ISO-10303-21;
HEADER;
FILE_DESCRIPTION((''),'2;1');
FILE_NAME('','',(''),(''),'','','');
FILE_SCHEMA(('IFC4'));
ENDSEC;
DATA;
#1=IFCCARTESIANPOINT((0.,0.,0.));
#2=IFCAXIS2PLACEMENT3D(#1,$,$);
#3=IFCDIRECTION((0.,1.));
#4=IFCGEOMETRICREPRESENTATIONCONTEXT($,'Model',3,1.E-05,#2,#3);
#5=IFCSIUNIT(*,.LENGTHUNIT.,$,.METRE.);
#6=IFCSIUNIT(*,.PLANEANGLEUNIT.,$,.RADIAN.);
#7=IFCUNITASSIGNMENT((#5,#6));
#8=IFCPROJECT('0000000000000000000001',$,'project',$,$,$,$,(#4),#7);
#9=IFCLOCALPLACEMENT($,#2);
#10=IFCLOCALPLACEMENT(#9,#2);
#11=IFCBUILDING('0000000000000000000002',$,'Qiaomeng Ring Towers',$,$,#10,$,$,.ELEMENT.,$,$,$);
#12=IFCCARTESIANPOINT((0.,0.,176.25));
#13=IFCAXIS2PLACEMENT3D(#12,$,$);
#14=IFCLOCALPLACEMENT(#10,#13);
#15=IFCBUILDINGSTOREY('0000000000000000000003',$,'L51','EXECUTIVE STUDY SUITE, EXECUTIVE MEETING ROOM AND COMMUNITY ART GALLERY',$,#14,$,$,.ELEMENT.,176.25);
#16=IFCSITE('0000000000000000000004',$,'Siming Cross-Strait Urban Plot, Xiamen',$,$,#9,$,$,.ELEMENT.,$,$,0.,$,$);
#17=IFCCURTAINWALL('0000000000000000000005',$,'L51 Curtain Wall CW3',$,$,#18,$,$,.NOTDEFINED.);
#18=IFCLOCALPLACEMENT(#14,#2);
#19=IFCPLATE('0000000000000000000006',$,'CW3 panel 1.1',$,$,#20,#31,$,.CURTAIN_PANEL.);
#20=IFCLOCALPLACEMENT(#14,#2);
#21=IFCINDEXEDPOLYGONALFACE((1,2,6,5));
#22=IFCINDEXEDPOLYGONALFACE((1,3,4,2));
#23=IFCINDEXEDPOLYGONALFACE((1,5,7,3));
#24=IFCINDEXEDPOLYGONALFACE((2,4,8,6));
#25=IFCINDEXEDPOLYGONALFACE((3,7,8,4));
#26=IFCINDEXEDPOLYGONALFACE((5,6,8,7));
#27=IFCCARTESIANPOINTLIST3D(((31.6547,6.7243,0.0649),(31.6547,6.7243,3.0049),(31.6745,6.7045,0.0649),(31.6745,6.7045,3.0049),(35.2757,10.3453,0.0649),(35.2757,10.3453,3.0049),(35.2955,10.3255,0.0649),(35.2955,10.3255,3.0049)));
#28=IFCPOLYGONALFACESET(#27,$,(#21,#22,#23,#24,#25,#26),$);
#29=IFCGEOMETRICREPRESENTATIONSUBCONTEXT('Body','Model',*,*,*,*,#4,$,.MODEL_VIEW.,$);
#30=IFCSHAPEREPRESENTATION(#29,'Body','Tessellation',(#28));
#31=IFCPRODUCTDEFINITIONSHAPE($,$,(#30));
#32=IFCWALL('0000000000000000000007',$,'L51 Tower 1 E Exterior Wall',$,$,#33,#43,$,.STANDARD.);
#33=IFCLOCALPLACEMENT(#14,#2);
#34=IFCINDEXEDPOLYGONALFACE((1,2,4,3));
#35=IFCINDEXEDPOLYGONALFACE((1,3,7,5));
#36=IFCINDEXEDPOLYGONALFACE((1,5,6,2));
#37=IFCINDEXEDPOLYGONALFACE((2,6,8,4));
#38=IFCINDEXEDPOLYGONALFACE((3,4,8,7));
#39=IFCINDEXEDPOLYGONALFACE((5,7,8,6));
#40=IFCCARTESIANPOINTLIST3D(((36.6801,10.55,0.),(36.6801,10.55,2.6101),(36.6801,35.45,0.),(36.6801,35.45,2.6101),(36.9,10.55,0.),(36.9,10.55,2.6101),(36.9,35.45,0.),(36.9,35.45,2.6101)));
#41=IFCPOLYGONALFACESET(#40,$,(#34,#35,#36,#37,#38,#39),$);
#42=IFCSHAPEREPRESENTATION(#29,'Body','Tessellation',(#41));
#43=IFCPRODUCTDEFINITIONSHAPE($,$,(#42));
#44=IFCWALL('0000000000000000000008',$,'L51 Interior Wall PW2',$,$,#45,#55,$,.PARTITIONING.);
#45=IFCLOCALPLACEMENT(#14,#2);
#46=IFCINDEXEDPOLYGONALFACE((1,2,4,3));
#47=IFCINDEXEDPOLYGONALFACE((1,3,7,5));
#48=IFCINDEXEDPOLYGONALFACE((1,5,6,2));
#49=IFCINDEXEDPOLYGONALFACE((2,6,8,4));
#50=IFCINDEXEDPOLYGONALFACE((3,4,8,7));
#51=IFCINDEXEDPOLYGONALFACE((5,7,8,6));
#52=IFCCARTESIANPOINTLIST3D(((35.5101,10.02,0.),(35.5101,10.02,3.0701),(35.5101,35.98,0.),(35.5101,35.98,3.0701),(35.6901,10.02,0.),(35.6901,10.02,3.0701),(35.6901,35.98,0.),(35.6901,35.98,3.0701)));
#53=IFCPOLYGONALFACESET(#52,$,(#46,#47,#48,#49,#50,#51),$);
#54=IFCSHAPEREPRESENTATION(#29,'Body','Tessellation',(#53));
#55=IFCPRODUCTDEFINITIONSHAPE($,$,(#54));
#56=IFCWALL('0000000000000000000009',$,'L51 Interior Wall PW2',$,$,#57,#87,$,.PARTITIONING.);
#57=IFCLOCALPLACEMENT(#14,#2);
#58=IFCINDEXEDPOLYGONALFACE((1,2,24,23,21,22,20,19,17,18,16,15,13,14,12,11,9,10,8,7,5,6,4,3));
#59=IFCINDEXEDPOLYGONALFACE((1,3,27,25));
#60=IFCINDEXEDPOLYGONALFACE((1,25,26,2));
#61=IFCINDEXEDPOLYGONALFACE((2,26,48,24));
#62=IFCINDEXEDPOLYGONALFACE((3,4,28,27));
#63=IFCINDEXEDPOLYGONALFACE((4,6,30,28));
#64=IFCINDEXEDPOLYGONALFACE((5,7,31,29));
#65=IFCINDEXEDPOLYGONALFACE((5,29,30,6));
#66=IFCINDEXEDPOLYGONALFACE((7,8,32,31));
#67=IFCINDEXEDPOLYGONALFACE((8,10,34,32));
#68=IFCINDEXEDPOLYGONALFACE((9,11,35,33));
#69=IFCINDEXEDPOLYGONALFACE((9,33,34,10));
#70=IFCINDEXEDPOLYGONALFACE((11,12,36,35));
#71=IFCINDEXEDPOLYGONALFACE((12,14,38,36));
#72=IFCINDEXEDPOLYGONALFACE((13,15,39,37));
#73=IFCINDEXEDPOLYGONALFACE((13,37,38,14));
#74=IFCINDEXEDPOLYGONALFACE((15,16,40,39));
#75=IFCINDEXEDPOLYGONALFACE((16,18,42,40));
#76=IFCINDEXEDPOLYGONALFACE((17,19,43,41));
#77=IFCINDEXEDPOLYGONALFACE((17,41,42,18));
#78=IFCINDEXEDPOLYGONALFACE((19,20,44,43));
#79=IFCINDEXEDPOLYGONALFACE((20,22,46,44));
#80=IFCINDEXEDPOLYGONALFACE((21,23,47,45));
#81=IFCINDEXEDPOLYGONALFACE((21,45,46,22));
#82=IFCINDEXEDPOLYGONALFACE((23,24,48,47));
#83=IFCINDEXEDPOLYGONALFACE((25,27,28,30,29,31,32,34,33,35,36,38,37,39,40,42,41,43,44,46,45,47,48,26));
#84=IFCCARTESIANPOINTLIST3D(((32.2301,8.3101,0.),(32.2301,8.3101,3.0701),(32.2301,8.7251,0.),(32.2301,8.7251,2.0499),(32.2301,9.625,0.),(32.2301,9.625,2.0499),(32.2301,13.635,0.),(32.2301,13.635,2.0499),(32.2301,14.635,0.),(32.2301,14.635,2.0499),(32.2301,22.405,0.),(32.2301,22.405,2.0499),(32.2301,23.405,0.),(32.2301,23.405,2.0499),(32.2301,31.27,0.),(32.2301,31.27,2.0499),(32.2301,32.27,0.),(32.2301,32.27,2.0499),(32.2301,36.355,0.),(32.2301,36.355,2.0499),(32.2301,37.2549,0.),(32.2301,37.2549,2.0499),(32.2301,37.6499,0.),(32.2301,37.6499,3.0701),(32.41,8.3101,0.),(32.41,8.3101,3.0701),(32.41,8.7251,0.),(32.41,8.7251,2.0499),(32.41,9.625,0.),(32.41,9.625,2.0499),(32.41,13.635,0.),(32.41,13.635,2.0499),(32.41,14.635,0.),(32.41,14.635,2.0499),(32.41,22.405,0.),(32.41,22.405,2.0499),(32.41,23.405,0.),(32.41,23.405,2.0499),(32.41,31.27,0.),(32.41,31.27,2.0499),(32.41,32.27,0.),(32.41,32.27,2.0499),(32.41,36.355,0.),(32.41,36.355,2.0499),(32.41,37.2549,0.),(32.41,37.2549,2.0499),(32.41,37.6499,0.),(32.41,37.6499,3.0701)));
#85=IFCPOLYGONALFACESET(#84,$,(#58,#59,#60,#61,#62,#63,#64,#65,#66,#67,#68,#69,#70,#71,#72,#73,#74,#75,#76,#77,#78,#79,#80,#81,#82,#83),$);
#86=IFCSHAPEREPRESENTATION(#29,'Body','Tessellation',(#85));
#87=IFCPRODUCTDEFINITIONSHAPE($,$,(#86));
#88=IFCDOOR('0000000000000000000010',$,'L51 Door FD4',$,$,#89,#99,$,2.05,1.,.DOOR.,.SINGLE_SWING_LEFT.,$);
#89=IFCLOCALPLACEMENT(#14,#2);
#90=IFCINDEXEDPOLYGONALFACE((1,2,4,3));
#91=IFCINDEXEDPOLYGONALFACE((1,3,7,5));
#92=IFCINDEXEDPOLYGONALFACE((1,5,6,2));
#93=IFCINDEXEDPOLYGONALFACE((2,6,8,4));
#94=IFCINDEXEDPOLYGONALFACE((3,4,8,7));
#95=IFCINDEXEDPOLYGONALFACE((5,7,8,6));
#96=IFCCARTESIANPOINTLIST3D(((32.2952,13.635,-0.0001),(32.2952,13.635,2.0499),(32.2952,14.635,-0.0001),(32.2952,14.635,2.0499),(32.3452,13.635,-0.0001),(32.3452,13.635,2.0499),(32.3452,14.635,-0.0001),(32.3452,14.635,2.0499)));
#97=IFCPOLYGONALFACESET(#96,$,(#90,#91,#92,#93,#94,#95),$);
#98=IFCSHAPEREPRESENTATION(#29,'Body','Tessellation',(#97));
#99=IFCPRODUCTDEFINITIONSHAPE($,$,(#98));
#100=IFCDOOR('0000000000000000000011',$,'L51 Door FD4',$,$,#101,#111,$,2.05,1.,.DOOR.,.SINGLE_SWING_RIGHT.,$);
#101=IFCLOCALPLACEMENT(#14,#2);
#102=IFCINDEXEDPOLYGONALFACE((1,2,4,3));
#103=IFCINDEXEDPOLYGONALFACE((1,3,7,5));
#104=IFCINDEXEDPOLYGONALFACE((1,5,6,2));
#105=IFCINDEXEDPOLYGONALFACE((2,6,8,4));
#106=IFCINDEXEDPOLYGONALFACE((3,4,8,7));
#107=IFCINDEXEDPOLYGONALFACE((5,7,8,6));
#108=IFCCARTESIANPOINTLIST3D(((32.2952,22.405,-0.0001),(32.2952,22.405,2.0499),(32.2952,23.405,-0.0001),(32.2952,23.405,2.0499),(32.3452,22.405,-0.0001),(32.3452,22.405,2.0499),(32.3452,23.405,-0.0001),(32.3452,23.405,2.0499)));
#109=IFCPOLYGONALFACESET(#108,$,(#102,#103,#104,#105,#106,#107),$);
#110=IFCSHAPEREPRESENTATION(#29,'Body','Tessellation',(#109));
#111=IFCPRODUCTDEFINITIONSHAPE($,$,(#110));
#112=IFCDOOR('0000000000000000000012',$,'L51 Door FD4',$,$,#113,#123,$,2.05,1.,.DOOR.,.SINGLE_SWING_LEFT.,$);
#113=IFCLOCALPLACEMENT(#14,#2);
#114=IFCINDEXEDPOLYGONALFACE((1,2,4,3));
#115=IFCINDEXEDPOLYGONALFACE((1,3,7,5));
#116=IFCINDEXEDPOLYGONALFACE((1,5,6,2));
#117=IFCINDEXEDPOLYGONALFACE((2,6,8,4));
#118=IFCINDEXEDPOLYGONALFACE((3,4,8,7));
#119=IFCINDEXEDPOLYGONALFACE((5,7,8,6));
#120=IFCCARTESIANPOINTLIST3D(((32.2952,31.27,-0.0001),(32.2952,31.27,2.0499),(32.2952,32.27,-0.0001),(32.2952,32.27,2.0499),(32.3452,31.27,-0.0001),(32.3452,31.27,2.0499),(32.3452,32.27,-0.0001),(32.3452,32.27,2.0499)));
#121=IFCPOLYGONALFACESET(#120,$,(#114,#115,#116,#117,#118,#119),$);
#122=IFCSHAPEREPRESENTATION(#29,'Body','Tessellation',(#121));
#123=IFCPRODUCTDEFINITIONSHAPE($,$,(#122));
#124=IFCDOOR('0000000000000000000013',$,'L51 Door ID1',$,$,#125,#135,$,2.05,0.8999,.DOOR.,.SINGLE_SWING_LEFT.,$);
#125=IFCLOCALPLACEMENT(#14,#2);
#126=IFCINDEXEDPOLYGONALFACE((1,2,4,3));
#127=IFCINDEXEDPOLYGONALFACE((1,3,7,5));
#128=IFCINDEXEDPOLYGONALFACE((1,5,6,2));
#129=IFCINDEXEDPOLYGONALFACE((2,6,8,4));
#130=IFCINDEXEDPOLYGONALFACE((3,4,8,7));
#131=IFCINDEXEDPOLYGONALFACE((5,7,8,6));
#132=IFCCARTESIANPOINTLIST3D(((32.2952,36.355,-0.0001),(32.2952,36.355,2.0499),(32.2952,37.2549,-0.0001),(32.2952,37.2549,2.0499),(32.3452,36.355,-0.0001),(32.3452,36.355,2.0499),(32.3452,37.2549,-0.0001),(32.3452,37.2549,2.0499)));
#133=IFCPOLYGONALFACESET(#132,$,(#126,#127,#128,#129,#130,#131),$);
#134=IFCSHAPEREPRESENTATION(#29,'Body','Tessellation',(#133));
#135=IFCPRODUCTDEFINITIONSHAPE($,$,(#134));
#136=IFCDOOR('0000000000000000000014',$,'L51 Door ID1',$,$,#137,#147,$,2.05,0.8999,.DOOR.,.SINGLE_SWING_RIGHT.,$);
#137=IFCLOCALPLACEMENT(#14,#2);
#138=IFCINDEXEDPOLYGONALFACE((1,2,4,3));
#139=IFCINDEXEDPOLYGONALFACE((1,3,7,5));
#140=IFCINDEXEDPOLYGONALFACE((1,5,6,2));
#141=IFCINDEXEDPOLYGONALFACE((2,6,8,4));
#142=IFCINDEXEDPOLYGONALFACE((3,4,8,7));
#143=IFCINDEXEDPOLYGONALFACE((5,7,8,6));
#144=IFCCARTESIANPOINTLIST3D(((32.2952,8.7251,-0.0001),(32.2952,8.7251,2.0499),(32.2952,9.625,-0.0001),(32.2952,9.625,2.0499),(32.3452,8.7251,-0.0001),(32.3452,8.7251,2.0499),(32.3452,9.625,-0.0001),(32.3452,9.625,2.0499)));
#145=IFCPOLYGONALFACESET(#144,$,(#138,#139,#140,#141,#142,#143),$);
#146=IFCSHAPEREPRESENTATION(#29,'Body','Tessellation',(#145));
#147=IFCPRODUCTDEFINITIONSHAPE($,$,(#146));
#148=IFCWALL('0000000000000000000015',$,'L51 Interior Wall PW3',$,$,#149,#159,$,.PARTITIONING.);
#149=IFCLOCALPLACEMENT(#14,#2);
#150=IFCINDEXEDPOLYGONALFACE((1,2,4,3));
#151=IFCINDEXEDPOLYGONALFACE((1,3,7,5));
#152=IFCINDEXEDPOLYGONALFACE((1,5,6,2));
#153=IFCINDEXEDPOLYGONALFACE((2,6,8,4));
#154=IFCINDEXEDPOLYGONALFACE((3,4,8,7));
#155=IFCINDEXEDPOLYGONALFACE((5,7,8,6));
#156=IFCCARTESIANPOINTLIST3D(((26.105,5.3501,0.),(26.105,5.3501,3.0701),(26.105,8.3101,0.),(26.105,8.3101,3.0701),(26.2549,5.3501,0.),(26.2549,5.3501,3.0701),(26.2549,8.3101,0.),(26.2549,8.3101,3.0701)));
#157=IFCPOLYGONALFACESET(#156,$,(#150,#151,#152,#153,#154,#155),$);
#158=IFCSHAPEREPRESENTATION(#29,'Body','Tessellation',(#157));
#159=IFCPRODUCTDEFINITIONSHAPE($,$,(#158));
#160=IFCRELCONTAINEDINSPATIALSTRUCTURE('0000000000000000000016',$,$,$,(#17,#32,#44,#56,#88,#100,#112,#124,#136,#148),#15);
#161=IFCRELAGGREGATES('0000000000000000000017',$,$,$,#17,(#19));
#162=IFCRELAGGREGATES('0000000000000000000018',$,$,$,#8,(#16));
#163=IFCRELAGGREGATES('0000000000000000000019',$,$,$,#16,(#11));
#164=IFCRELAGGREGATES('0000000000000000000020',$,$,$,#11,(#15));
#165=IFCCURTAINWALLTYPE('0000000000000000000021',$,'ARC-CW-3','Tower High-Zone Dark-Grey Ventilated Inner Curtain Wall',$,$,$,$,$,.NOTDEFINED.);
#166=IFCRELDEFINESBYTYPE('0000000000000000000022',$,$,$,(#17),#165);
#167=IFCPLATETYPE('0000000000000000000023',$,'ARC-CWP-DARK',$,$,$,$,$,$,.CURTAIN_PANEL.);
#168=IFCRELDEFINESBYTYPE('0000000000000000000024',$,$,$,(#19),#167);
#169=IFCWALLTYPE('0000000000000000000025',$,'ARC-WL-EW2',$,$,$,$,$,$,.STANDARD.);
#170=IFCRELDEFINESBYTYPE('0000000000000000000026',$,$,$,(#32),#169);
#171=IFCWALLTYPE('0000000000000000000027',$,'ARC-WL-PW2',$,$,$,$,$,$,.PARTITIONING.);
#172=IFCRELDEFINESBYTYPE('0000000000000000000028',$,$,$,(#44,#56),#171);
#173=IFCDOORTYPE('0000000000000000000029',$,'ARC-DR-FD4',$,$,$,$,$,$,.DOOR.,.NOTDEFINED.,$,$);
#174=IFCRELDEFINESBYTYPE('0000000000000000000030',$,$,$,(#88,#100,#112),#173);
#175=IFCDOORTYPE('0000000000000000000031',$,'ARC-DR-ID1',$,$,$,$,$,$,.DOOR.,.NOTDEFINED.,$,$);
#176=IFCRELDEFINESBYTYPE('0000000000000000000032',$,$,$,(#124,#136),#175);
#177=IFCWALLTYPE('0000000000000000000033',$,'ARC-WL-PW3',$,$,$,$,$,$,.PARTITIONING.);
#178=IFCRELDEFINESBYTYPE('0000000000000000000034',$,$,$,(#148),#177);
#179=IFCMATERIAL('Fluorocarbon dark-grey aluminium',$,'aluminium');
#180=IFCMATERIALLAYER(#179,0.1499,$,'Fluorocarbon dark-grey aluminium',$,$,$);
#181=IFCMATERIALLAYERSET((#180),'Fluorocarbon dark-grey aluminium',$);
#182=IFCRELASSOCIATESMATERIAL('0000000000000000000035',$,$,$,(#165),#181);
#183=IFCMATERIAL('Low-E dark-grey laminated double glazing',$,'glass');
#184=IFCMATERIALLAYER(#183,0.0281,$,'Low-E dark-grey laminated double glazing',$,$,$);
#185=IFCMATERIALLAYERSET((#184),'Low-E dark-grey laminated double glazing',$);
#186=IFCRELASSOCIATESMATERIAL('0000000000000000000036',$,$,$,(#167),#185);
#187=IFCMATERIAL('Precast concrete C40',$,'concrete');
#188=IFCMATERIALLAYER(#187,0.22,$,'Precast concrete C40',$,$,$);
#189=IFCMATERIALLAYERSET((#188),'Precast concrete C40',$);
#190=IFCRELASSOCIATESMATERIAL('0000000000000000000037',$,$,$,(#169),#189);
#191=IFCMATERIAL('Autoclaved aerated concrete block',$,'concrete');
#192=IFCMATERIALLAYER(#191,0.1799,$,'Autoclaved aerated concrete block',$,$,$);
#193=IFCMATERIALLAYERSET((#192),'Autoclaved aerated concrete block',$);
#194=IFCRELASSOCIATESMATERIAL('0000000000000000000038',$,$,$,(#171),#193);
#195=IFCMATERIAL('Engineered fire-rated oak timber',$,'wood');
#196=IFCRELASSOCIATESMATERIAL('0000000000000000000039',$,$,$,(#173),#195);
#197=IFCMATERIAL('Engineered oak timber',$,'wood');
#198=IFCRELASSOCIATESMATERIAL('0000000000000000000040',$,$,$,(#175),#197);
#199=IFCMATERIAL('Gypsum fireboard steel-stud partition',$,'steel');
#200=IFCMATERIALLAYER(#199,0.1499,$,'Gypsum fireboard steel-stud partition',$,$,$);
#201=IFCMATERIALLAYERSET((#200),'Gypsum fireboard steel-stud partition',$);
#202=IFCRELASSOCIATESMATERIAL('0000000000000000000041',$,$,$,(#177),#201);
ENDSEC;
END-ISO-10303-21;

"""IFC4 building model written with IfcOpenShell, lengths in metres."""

from ifc_helpers import new_model, si_unit, direction, frame, frame_2d, origin, origin_2d, place, context, subcontext, project, spatial, rectangle, extrude, source, transform, mapped, material, layer, layer_set, type_object, element, fill, aggregate, save


model = new_model("IFC4")

# Units and contexts
model_context = context("Model", 3, precision=1e-05, world=origin(), true_north=direction((0.0, 1.0)))
body_context = subcontext(model_context, "Body", "Model", "MODEL_VIEW")
ifc_project = project(units=[si_unit("LENGTHUNIT", "METRE"), si_unit("PLANEANGLEUNIT", "RADIAN")], contexts=[model_context])

# Site, building, storey
site_placement = place(None, origin())
site = spatial("IfcSite", under=ifc_project, at=site_placement, Name="Siming Cross-Strait Urban Plot, Xiamen", CompositionType="ELEMENT", RefElevation=0.0)
building_placement = place(site_placement, origin())
building = spatial("IfcBuilding", under=site, at=building_placement, Name="Qiaomeng Ring Towers", CompositionType="ELEMENT")
storey_placement = place(building_placement, frame((0.0, 0.0, 176.25)))
storey = spatial("IfcBuildingStorey", under=building, at=storey_placement, Name="L51", Description="EXECUTIVE STUDY SUITE, EXECUTIVE MEETING ROOM AND COMMUNITY ART GALLERY", CompositionType="ELEMENT", Elevation=176.25)

# Curtain wall, plate
ifc_material_1 = material(Name="Fluorocarbon dark-grey aluminium", Category="aluminium")
ifc_layer_1 = layer(ifc_material_1, 0.1499, Name="Fluorocarbon dark-grey aluminium")
ifc_layer_set_1 = layer_set([ifc_layer_1], Name="Fluorocarbon dark-grey aluminium")
curtain_wall_type = type_object("IfcCurtainWallType", Name="ARC-CW-3", Description="Tower High-Zone Dark-Grey Ventilated Inner Curtain Wall", PredefinedType="NOTDEFINED", material=ifc_layer_set_1)
curtain_wall_placement = place(storey_placement, origin())
curtain_wall = element("IfcCurtainWall", 1, at=curtain_wall_placement, inside=storey, type_object=curtain_wall_type, Name="L51 Curtain Wall CW3", PredefinedType="NOTDEFINED")
ifc_material_2 = material(Name="Low-E dark-grey laminated double glazing", Category="glass")
ifc_layer_2 = layer(ifc_material_2, 0.0281, Name="Low-E dark-grey laminated double glazing")
ifc_layer_set_2 = layer_set([ifc_layer_2], Name="Low-E dark-grey laminated double glazing")
plate_type = type_object("IfcPlateType", Name="ARC-CWP-DARK", PredefinedType="CURTAIN_PANEL", material=ifc_layer_set_2)
shared_shape_1 = source(origin(), body_context, "Body", "SweptSolid", [
    extrude(rectangle(XDim=5.1208, YDim=0.0281, at=origin_2d()), origin(), (0.0, 0.0, 1.0), 2.9399),
])
plate_placement = place(storey_placement, frame((33.4751, 8.5249, 0.0649), z_axis=(0.0, 0.0, 1.0), x_axis=(0.707107, 0.707107, 0.0)))
plate = element("IfcPlate", 2, at=plate_placement, type_object=plate_type, Name="CW3 panel 1.1", PredefinedType="CURTAIN_PANEL", context=body_context, shape_type="MappedRepresentation", body=[
    mapped(shared_shape_1, transform((0.0, 0.0, 0.0), x_axis=(1.0, 0.0, 0.0), y_axis=(0.0, 1.0, 0.0), z_axis=(0.0, 0.0, 1.0), scale=1.0)),
])
aggregate(curtain_wall, [plate])

# Walls
ifc_material_3 = material(Name="Precast concrete C40", Category="concrete")
ifc_layer_3 = layer(ifc_material_3, 0.22, Name="Precast concrete C40")
ifc_layer_set_3 = layer_set([ifc_layer_3], Name="Precast concrete C40")
wall_type_1 = type_object("IfcWallType", Name="ARC-WL-EW2", PredefinedType="STANDARD", material=ifc_layer_set_3)
wall_1_placement = place(storey_placement, frame((36.79, 10.55, 0.0), z_axis=(0.0, 0.0, 1.0), x_axis=(0.0, 1.0, 0.0)))
element("IfcWall", 3, at=wall_1_placement, inside=storey, type_object=wall_type_1, Name="L51 Tower 1 E Exterior Wall", PredefinedType="STANDARD", context=body_context, shape_type="SweptSolid", body=[
    extrude(rectangle(XDim=24.8999, YDim=0.22, at=frame_2d((12.45, 0.0))), origin(), (0.0, 0.0, 1.0), 2.6101),
])
ifc_material_4 = material(Name="Autoclaved aerated concrete block", Category="concrete")
ifc_layer_4 = layer(ifc_material_4, 0.1799, Name="Autoclaved aerated concrete block")
ifc_layer_set_4 = layer_set([ifc_layer_4], Name="Autoclaved aerated concrete block")
wall_type_2 = type_object("IfcWallType", Name="ARC-WL-PW2", PredefinedType="PARTITIONING", material=ifc_layer_set_4)
wall_2_placement = place(storey_placement, frame((35.6001, 10.02, 0.0), z_axis=(0.0, 0.0, 1.0), x_axis=(0.0, 1.0, 0.0)))
element("IfcWall", 4, at=wall_2_placement, inside=storey, type_object=wall_type_2, Name="L51 Interior Wall PW2", PredefinedType="PARTITIONING", context=body_context, shape_type="SweptSolid", body=[
    extrude(rectangle(XDim=25.96, YDim=0.1799, at=frame_2d((12.98, 0.0))), origin(), (0.0, 0.0, 1.0), 3.0701),
])

# Wall, openings, doors
wall_3_placement = place(storey_placement, frame((32.3201, 8.3101, 0.0), z_axis=(0.0, 0.0, 1.0), x_axis=(0.0, 1.0, 0.0)))
wall_3 = element("IfcWall", 5, at=wall_3_placement, inside=storey, type_object=wall_type_2, Name="L51 Interior Wall PW2", PredefinedType="PARTITIONING", context=body_context, shape_type="SweptSolid", body=[
    extrude(rectangle(XDim=29.3398, YDim=0.1799, at=frame_2d((14.6699, 0.0))), origin(), (0.0, 0.0, 1.0), 3.0701),
])
opening_1_placement = place(wall_3_placement, frame((28.0449, 0.0, 0.0)))
opening_1 = element("IfcOpeningElement", 6, at=opening_1_placement, cuts=wall_3, PredefinedType="OPENING", context=body_context, shape_type="SweptSolid", body=[
    extrude(rectangle(XDim=0.8999, YDim=2.05, at=frame_2d((0.45, 1.0249))), frame((0.0, 0.0999, 0.0), z_axis=(0.0, -1.0, 0.0), x_axis=(1.0, 0.0, 0.0)), (0.0, 0.0, 1.0), 0.2),
])
opening_2_placement = place(wall_3_placement, frame((0.415, 0.0, 0.0)))
opening_2 = element("IfcOpeningElement", 7, at=opening_2_placement, cuts=wall_3, PredefinedType="OPENING", context=body_context, shape_type="SweptSolid", body=[
    extrude(rectangle(XDim=0.8999, YDim=2.05, at=frame_2d((0.45, 1.0249))), frame((0.0, 0.0999, 0.0), z_axis=(0.0, -1.0, 0.0), x_axis=(1.0, 0.0, 0.0)), (0.0, 0.0, 1.0), 0.2),
])
opening_3_placement = place(wall_3_placement, frame((5.325, 0.0, 0.0)))
opening_3 = element("IfcOpeningElement", 8, at=opening_3_placement, cuts=wall_3, PredefinedType="OPENING", context=body_context, shape_type="SweptSolid", body=[
    extrude(rectangle(XDim=1.0, YDim=2.05, at=frame_2d((0.5, 1.0249))), frame((0.0, 0.0999, 0.0), z_axis=(0.0, -1.0, 0.0), x_axis=(1.0, 0.0, 0.0)), (0.0, 0.0, 1.0), 0.2),
])
opening_4_placement = place(wall_3_placement, frame((14.095, 0.0, 0.0)))
opening_4 = element("IfcOpeningElement", 9, at=opening_4_placement, cuts=wall_3, PredefinedType="OPENING", context=body_context, shape_type="SweptSolid", body=[
    extrude(rectangle(XDim=1.0, YDim=2.05, at=frame_2d((0.5, 1.0249))), frame((0.0, 0.0999, 0.0), z_axis=(0.0, -1.0, 0.0), x_axis=(1.0, 0.0, 0.0)), (0.0, 0.0, 1.0), 0.2),
])
opening_5_placement = place(wall_3_placement, frame((22.96, 0.0, 0.0)))
opening_5 = element("IfcOpeningElement", 10, at=opening_5_placement, cuts=wall_3, PredefinedType="OPENING", context=body_context, shape_type="SweptSolid", body=[
    extrude(rectangle(XDim=1.0, YDim=2.05, at=frame_2d((0.5, 1.0249))), frame((0.0, 0.0999, 0.0), z_axis=(0.0, -1.0, 0.0), x_axis=(1.0, 0.0, 0.0)), (0.0, 0.0, 1.0), 0.2),
])
ifc_material_5 = material(Name="Engineered fire-rated oak timber", Category="wood")
door_type_1 = type_object("IfcDoorType", Name="ARC-DR-FD4", OperationType="NOTDEFINED", PredefinedType="DOOR", material=ifc_material_5)
shared_shape_2 = source(origin(), body_context, "Body", "SweptSolid", [
    extrude(rectangle(XDim=1.0, YDim=2.05, at=frame_2d((0.5, 1.0249))), frame((0.0, 0.0249, 0.0), z_axis=(0.0, -1.0, 0.0), x_axis=(1.0, 0.0, 0.0)), (0.0, 0.0, 1.0), 0.05),
])
door_1_placement = place(opening_3_placement, origin())
door_1 = element("IfcDoor", 11, at=door_1_placement, inside=storey, type_object=door_type_1, Name="L51 Door FD4", OperationType="SINGLE_SWING_LEFT", OverallHeight=2.05, OverallWidth=1.0, PredefinedType="DOOR", context=body_context, shape_type="MappedRepresentation", body=[
    mapped(shared_shape_2, transform((0.0, 0.0, 0.0), x_axis=(1.0, 0.0, 0.0), y_axis=(0.0, 1.0, 0.0), z_axis=(0.0, 0.0, 1.0), scale=1.0)),
])
fill(opening_3, door_1)
door_2_placement = place(opening_4_placement, origin())
door_2 = element("IfcDoor", 12, at=door_2_placement, inside=storey, type_object=door_type_1, Name="L51 Door FD4", OperationType="SINGLE_SWING_RIGHT", OverallHeight=2.05, OverallWidth=1.0, PredefinedType="DOOR", context=body_context, shape_type="MappedRepresentation", body=[
    mapped(shared_shape_2, transform((0.0, 0.0, 0.0), x_axis=(1.0, 0.0, 0.0), y_axis=(0.0, 1.0, 0.0), z_axis=(0.0, 0.0, 1.0), scale=1.0)),
])
fill(opening_4, door_2)
door_3_placement = place(opening_5_placement, origin())
door_3 = element("IfcDoor", 13, at=door_3_placement, inside=storey, type_object=door_type_1, Name="L51 Door FD4", OperationType="SINGLE_SWING_LEFT", OverallHeight=2.05, OverallWidth=1.0, PredefinedType="DOOR", context=body_context, shape_type="MappedRepresentation", body=[
    mapped(shared_shape_2, transform((0.0, 0.0, 0.0), x_axis=(1.0, 0.0, 0.0), y_axis=(0.0, 1.0, 0.0), z_axis=(0.0, 0.0, 1.0), scale=1.0)),
])
fill(opening_5, door_3)
ifc_material_6 = material(Name="Engineered oak timber", Category="wood")
door_type_2 = type_object("IfcDoorType", Name="ARC-DR-ID1", OperationType="NOTDEFINED", PredefinedType="DOOR", material=ifc_material_6)
shared_shape_3 = source(origin(), body_context, "Body", "SweptSolid", [
    extrude(rectangle(XDim=0.8999, YDim=2.05, at=frame_2d((0.45, 1.0249))), frame((0.0, 0.0249, 0.0), z_axis=(0.0, -1.0, 0.0), x_axis=(1.0, 0.0, 0.0)), (0.0, 0.0, 1.0), 0.05),
])
door_4_placement = place(opening_1_placement, origin())
door_4 = element("IfcDoor", 14, at=door_4_placement, inside=storey, type_object=door_type_2, Name="L51 Door ID1", OperationType="SINGLE_SWING_LEFT", OverallHeight=2.05, OverallWidth=0.8999, PredefinedType="DOOR", context=body_context, shape_type="MappedRepresentation", body=[
    mapped(shared_shape_3, transform((0.0, 0.0, 0.0), x_axis=(1.0, 0.0, 0.0), y_axis=(0.0, 1.0, 0.0), z_axis=(0.0, 0.0, 1.0), scale=1.0)),
])
fill(opening_1, door_4)
door_5_placement = place(opening_2_placement, origin())
door_5 = element("IfcDoor", 15, at=door_5_placement, inside=storey, type_object=door_type_2, Name="L51 Door ID1", OperationType="SINGLE_SWING_RIGHT", OverallHeight=2.05, OverallWidth=0.8999, PredefinedType="DOOR", context=body_context, shape_type="MappedRepresentation", body=[
    mapped(shared_shape_3, transform((0.0, 0.0, 0.0), x_axis=(1.0, 0.0, 0.0), y_axis=(0.0, 1.0, 0.0), z_axis=(0.0, 0.0, 1.0), scale=1.0)),
])
fill(opening_2, door_5)

# Wall
ifc_material_7 = material(Name="Gypsum fireboard steel-stud partition", Category="steel")
ifc_layer_5 = layer(ifc_material_7, 0.1499, Name="Gypsum fireboard steel-stud partition")
ifc_layer_set_5 = layer_set([ifc_layer_5], Name="Gypsum fireboard steel-stud partition")
wall_type_3 = type_object("IfcWallType", Name="ARC-WL-PW3", PredefinedType="PARTITIONING", material=ifc_layer_set_5)
for number, where, z_axis, x_axis, name in (
    (16, (26.1799, 5.3501, 0.0), (0.0, 0.0, 1.0), (0.0, 1.0, 0.0), "L51 Interior Wall PW3"),
):
    element("IfcWall", number, at=place(storey_placement, frame(where, z_axis=z_axis, x_axis=x_axis)), inside=storey, type_object=wall_type_3, Name=name, PredefinedType="PARTITIONING", context=body_context, shape_type="SweptSolid", body=[
        extrude(rectangle(XDim=2.96, YDim=0.1499, at=frame_2d((1.48, 0.0))), origin(), (0.0, 0.0, 1.0), 3.0701),
    ])

save(model, "model.ifc")
